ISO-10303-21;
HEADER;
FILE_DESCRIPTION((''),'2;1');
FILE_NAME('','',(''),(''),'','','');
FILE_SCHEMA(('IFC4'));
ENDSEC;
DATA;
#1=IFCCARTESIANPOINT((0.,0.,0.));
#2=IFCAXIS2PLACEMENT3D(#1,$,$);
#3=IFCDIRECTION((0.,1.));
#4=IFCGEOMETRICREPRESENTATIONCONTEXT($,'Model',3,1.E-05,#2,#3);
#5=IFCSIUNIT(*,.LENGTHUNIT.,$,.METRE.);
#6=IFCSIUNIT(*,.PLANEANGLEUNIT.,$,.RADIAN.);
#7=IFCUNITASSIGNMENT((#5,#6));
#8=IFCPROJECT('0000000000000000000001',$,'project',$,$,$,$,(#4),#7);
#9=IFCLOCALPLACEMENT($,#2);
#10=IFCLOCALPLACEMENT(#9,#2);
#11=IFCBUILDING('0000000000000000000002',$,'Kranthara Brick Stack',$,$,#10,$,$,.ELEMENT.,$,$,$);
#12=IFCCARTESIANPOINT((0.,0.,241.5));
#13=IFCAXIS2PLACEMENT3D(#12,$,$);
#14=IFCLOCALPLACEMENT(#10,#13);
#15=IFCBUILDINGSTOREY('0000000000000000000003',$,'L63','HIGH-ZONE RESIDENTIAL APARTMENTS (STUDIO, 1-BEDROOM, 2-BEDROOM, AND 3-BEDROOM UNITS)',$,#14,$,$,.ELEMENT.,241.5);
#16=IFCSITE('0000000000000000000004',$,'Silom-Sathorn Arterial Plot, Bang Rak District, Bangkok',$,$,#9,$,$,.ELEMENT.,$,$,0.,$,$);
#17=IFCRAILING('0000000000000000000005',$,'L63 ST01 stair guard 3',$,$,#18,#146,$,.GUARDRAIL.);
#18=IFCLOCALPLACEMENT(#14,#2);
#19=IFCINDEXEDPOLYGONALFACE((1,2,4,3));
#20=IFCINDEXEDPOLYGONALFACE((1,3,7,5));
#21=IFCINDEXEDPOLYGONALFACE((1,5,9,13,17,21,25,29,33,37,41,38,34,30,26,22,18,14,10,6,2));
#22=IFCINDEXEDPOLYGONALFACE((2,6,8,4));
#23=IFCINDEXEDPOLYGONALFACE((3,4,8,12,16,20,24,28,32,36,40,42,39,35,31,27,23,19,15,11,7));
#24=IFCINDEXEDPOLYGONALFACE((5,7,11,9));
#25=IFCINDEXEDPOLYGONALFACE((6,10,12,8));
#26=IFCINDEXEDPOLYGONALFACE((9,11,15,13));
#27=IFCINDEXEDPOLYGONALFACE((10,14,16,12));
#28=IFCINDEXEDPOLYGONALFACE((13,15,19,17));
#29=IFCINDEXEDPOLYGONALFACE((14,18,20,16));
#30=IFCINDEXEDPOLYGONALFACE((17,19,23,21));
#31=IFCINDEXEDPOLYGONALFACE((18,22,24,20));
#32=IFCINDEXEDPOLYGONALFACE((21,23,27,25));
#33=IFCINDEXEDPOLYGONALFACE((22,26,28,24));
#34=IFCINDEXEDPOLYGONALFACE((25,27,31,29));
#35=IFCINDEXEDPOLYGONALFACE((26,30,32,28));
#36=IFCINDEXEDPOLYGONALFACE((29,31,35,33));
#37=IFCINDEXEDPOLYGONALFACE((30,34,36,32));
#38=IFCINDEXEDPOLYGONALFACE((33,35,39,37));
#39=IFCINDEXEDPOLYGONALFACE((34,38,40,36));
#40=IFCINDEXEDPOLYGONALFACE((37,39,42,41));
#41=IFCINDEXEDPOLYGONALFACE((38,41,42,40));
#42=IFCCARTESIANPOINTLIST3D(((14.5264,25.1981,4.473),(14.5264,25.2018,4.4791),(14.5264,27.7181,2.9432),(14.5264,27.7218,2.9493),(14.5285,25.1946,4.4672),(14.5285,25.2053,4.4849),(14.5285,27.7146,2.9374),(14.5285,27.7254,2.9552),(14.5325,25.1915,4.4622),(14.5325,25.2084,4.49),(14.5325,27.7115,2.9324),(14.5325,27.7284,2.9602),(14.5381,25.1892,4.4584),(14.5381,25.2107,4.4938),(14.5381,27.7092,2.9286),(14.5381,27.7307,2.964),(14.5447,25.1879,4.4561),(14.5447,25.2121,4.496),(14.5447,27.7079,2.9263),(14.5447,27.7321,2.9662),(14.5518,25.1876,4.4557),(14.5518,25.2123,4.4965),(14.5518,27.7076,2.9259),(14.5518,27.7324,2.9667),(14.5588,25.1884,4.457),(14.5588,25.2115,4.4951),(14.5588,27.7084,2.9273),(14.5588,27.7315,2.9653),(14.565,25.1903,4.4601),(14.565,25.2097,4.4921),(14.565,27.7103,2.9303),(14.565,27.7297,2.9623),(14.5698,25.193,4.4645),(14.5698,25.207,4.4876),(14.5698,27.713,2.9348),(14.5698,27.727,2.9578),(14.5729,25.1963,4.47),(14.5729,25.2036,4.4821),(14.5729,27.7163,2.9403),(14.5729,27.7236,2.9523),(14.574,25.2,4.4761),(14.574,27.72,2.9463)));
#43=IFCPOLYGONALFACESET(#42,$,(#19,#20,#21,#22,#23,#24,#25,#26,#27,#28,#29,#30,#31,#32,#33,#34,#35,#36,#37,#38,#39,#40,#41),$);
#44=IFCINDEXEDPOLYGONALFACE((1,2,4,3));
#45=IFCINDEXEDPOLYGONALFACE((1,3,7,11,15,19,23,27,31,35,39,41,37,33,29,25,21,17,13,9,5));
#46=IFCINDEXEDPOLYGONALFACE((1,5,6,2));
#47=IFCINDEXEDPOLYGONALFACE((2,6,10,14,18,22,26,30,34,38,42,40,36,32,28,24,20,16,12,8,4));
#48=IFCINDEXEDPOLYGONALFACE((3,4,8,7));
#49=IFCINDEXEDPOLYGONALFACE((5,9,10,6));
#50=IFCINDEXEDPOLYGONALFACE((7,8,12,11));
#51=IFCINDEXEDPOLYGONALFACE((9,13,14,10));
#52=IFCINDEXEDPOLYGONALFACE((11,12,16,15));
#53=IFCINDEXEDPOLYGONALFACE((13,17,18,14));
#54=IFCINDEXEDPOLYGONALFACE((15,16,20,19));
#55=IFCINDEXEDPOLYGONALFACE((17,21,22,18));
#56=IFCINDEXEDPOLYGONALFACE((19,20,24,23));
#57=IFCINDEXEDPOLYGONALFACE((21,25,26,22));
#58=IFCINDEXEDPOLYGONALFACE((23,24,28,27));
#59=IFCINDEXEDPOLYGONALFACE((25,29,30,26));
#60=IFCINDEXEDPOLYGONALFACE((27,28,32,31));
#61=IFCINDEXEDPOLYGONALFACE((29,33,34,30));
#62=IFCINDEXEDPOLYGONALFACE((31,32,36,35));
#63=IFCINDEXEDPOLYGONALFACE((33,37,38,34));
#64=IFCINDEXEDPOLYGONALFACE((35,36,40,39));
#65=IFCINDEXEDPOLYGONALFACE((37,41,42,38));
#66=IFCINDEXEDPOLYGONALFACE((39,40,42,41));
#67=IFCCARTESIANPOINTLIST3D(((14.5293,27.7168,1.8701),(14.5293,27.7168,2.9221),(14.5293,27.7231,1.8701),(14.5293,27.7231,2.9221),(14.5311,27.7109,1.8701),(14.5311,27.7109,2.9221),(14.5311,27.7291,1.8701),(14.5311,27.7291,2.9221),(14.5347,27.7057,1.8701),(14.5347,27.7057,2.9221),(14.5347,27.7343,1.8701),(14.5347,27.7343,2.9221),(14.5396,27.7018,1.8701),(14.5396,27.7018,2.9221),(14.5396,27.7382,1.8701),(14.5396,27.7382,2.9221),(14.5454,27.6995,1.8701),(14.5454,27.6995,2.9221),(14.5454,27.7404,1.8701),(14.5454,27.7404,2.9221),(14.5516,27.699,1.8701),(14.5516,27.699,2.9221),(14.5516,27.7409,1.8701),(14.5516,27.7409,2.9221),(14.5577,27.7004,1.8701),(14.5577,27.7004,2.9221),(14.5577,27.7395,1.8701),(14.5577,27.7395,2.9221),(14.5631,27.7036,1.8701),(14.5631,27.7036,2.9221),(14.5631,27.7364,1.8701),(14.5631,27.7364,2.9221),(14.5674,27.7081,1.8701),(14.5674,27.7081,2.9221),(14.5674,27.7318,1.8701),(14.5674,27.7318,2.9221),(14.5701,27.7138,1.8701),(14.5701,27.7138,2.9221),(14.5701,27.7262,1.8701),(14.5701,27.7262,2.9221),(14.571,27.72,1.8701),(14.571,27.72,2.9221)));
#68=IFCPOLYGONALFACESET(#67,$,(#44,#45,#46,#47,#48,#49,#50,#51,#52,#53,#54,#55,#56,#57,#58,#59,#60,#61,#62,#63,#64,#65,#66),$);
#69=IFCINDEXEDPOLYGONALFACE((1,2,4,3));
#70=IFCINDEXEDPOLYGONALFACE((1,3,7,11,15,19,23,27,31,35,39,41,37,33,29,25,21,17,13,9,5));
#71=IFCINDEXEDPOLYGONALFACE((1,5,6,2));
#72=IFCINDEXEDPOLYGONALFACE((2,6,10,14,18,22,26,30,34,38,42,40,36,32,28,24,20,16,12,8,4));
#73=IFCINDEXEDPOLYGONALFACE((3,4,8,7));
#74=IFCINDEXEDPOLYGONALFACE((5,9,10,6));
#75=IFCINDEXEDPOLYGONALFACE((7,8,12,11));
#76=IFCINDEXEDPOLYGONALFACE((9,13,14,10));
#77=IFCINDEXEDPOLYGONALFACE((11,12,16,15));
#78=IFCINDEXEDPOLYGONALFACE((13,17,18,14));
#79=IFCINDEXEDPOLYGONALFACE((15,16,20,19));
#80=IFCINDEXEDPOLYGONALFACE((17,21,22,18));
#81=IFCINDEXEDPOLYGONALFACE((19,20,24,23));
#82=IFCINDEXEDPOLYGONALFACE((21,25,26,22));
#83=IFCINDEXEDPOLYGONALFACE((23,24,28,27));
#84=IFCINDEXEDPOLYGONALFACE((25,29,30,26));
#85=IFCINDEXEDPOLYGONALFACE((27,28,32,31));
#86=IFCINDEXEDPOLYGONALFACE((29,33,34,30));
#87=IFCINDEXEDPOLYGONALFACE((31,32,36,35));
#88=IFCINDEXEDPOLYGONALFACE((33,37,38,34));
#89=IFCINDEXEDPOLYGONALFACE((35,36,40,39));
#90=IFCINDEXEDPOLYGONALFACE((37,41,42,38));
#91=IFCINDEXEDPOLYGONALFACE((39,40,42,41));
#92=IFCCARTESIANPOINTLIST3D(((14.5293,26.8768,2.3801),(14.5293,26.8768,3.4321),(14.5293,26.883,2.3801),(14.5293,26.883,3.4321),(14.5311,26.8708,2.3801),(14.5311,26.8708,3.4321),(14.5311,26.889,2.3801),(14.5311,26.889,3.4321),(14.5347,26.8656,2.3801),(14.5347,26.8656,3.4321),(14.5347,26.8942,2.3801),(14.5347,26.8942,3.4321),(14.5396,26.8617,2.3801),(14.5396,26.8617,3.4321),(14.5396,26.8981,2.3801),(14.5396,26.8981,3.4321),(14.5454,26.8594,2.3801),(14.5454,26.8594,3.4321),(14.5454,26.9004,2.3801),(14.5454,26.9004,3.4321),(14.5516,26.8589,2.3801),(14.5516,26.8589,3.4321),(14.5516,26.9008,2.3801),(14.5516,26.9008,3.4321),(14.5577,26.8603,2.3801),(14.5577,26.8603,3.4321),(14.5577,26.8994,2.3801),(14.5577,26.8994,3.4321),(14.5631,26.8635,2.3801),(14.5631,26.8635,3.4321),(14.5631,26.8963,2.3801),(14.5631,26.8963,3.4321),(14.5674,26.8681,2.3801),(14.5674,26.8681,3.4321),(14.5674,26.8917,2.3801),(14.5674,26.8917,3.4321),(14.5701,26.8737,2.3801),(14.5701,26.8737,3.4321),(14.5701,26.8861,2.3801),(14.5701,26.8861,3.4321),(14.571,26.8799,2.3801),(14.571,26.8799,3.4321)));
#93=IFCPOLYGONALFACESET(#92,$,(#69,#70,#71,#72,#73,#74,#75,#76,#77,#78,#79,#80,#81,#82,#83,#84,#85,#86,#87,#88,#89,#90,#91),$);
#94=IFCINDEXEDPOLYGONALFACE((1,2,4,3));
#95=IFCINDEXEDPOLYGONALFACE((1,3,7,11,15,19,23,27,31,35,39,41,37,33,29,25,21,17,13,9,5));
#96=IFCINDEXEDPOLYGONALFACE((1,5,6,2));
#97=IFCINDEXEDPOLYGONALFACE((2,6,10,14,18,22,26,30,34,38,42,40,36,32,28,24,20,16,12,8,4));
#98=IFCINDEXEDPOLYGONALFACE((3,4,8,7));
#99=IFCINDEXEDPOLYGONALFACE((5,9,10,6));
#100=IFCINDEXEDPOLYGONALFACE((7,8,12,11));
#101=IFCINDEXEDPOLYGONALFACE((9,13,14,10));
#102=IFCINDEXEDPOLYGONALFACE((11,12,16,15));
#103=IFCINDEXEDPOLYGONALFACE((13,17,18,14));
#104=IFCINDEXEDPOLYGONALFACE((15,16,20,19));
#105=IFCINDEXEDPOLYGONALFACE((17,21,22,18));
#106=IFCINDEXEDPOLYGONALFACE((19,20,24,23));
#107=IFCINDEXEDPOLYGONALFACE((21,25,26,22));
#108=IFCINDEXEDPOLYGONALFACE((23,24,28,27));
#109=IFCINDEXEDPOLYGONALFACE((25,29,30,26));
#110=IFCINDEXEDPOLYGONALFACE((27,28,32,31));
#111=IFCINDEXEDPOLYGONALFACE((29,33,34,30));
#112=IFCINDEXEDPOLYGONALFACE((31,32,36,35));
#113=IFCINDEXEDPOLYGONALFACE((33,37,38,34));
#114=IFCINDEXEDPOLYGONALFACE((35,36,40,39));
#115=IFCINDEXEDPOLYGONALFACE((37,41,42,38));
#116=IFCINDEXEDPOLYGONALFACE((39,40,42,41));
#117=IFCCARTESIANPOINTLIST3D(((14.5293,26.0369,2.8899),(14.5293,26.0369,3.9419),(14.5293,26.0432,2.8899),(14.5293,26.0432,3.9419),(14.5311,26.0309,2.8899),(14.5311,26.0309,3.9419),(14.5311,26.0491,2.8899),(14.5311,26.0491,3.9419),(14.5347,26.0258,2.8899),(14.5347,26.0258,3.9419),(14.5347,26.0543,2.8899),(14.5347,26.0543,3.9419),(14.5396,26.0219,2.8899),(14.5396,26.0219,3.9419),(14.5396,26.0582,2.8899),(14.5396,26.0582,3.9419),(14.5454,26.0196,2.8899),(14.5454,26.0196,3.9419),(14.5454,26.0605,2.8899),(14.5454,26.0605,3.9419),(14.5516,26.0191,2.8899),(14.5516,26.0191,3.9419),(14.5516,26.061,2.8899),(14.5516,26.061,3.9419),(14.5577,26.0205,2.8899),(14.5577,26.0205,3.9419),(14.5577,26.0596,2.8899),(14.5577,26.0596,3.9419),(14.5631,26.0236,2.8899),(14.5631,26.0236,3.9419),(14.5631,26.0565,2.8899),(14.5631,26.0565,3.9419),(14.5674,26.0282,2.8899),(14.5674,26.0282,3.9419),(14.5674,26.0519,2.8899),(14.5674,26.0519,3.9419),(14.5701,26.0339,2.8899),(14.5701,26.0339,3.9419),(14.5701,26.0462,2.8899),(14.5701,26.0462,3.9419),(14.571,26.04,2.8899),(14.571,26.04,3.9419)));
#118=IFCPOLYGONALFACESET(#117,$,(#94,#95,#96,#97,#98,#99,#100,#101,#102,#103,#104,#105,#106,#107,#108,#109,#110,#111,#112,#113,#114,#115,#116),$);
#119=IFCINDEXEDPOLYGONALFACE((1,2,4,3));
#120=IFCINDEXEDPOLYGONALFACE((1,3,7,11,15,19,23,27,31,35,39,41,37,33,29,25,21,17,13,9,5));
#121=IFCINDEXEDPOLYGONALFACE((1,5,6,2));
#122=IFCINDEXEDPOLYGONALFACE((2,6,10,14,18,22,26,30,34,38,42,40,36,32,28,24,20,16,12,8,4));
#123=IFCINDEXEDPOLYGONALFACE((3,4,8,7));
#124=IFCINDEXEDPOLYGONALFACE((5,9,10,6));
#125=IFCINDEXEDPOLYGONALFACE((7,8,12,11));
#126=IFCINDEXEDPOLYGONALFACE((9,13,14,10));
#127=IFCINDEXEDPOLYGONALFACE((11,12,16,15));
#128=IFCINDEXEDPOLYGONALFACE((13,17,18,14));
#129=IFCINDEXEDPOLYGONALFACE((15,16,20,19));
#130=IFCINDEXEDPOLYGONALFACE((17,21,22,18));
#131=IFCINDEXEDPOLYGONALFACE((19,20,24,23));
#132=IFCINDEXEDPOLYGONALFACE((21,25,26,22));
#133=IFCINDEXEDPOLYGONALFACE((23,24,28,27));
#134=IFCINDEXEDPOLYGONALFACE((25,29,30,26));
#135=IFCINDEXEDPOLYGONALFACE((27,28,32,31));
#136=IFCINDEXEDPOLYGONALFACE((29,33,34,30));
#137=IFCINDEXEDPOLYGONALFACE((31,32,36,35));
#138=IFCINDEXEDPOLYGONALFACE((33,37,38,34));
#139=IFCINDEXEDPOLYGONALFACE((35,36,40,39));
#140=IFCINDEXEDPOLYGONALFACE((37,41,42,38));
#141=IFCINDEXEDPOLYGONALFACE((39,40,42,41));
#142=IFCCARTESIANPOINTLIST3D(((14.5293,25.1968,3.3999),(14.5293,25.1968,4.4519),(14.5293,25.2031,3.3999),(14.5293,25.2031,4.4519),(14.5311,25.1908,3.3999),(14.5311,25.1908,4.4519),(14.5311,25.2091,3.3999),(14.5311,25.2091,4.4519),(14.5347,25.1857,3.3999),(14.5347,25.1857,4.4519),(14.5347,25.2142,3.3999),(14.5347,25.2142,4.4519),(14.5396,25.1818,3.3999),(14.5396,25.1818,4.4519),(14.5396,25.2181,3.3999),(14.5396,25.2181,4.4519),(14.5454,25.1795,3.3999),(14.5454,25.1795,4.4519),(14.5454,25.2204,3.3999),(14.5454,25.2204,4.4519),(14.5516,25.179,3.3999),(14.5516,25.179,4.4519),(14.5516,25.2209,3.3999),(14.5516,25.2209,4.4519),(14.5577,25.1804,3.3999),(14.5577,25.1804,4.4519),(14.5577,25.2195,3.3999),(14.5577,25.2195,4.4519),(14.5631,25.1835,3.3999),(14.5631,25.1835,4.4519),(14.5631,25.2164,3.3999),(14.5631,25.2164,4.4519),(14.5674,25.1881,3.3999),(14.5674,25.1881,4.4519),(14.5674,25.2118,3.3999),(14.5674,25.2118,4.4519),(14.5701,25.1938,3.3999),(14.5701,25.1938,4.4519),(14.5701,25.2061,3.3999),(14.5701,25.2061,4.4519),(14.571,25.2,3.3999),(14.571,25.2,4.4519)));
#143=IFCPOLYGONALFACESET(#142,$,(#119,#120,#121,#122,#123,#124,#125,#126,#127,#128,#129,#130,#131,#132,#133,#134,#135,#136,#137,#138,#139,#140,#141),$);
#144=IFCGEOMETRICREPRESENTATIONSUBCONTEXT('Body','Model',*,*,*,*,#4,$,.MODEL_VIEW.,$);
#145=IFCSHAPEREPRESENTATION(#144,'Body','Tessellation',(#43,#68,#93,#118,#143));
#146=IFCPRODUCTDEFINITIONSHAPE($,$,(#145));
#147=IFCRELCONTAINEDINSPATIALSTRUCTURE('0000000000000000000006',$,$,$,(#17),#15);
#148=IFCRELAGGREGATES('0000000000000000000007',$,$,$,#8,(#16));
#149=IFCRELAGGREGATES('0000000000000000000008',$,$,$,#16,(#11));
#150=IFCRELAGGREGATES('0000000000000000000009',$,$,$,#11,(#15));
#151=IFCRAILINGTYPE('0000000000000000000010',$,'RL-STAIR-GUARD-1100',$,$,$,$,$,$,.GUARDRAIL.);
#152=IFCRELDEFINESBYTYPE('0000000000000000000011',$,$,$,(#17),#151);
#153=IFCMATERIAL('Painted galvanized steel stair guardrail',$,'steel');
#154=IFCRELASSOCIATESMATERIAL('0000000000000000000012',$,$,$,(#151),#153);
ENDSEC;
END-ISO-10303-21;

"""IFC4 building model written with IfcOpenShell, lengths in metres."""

from ifc_helpers import new_model, si_unit, direction, frame, origin, origin_2d, place, context, subcontext, project, spatial, circle, extrude, material, type_object, element, save


model = new_model("IFC4")

# Units and contexts
model_context = context("Model", 3, precision=1e-05, world=origin(), true_north=direction((0.0, 1.0)))
body_context = subcontext(model_context, "Body", "Model", "MODEL_VIEW")
ifc_project = project(units=[si_unit("LENGTHUNIT", "METRE"), si_unit("PLANEANGLEUNIT", "RADIAN")], contexts=[model_context])

# Site, building, storey
site_placement = place(None, origin())
site = spatial("IfcSite", under=ifc_project, at=site_placement, Name="Silom-Sathorn Arterial Plot, Bang Rak District, Bangkok", CompositionType="ELEMENT", RefElevation=0.0)
building_placement = place(site_placement, origin())
building = spatial("IfcBuilding", under=site, at=building_placement, Name="Kranthara Brick Stack", CompositionType="ELEMENT")
storey_placement = place(building_placement, frame((0.0, 0.0, 241.5)))
storey = spatial("IfcBuildingStorey", under=building, at=storey_placement, Name="L63", Description="HIGH-ZONE RESIDENTIAL APARTMENTS (STUDIO, 1-BEDROOM, 2-BEDROOM, AND 3-BEDROOM UNITS)", CompositionType="ELEMENT", Elevation=241.5)

# Railing
ifc_material_1 = material(Name="Painted galvanized steel stair guardrail", Category="steel")
railing_type_1 = type_object("IfcRailingType", Name="RL-STAIR-GUARD-1100", PredefinedType="GUARDRAIL", material=ifc_material_1)
railing_1_placement = place(storey_placement, frame((14.55, 27.72, 1.8701)))
element("IfcRailing", 1, at=railing_1_placement, inside=storey, type_object=railing_type_1, Name="L63 ST01 stair guard 3", PredefinedType="GUARDRAIL", context=body_context, shape_type="SweptSolid", body=[
    extrude(circle(Radius=0.0239, at=origin_2d()), frame((0.0, 0.0, 1.0762), z_axis=(0.0, -0.854822, 0.518922), x_axis=(1.0, 0.0, 0.0)), (0.0, 0.0, 1.0), 2.948),
    extrude(circle(Radius=0.021, at=origin_2d()), origin(), (0.0, 0.0, 1.0), 1.052),
    extrude(circle(Radius=0.021, at=origin_2d()), frame((0.0, -0.8401, 0.51)), (0.0, 0.0, 1.0), 1.052),
    extrude(circle(Radius=0.021, at=origin_2d()), frame((0.0, -1.6799, 1.0198)), (0.0, 0.0, 1.0), 1.052),
    extrude(circle(Radius=0.021, at=origin_2d()), frame((0.0, -2.52, 1.5298)), (0.0, 0.0, 1.0), 1.052),
])

save(model, "model.ifc")
